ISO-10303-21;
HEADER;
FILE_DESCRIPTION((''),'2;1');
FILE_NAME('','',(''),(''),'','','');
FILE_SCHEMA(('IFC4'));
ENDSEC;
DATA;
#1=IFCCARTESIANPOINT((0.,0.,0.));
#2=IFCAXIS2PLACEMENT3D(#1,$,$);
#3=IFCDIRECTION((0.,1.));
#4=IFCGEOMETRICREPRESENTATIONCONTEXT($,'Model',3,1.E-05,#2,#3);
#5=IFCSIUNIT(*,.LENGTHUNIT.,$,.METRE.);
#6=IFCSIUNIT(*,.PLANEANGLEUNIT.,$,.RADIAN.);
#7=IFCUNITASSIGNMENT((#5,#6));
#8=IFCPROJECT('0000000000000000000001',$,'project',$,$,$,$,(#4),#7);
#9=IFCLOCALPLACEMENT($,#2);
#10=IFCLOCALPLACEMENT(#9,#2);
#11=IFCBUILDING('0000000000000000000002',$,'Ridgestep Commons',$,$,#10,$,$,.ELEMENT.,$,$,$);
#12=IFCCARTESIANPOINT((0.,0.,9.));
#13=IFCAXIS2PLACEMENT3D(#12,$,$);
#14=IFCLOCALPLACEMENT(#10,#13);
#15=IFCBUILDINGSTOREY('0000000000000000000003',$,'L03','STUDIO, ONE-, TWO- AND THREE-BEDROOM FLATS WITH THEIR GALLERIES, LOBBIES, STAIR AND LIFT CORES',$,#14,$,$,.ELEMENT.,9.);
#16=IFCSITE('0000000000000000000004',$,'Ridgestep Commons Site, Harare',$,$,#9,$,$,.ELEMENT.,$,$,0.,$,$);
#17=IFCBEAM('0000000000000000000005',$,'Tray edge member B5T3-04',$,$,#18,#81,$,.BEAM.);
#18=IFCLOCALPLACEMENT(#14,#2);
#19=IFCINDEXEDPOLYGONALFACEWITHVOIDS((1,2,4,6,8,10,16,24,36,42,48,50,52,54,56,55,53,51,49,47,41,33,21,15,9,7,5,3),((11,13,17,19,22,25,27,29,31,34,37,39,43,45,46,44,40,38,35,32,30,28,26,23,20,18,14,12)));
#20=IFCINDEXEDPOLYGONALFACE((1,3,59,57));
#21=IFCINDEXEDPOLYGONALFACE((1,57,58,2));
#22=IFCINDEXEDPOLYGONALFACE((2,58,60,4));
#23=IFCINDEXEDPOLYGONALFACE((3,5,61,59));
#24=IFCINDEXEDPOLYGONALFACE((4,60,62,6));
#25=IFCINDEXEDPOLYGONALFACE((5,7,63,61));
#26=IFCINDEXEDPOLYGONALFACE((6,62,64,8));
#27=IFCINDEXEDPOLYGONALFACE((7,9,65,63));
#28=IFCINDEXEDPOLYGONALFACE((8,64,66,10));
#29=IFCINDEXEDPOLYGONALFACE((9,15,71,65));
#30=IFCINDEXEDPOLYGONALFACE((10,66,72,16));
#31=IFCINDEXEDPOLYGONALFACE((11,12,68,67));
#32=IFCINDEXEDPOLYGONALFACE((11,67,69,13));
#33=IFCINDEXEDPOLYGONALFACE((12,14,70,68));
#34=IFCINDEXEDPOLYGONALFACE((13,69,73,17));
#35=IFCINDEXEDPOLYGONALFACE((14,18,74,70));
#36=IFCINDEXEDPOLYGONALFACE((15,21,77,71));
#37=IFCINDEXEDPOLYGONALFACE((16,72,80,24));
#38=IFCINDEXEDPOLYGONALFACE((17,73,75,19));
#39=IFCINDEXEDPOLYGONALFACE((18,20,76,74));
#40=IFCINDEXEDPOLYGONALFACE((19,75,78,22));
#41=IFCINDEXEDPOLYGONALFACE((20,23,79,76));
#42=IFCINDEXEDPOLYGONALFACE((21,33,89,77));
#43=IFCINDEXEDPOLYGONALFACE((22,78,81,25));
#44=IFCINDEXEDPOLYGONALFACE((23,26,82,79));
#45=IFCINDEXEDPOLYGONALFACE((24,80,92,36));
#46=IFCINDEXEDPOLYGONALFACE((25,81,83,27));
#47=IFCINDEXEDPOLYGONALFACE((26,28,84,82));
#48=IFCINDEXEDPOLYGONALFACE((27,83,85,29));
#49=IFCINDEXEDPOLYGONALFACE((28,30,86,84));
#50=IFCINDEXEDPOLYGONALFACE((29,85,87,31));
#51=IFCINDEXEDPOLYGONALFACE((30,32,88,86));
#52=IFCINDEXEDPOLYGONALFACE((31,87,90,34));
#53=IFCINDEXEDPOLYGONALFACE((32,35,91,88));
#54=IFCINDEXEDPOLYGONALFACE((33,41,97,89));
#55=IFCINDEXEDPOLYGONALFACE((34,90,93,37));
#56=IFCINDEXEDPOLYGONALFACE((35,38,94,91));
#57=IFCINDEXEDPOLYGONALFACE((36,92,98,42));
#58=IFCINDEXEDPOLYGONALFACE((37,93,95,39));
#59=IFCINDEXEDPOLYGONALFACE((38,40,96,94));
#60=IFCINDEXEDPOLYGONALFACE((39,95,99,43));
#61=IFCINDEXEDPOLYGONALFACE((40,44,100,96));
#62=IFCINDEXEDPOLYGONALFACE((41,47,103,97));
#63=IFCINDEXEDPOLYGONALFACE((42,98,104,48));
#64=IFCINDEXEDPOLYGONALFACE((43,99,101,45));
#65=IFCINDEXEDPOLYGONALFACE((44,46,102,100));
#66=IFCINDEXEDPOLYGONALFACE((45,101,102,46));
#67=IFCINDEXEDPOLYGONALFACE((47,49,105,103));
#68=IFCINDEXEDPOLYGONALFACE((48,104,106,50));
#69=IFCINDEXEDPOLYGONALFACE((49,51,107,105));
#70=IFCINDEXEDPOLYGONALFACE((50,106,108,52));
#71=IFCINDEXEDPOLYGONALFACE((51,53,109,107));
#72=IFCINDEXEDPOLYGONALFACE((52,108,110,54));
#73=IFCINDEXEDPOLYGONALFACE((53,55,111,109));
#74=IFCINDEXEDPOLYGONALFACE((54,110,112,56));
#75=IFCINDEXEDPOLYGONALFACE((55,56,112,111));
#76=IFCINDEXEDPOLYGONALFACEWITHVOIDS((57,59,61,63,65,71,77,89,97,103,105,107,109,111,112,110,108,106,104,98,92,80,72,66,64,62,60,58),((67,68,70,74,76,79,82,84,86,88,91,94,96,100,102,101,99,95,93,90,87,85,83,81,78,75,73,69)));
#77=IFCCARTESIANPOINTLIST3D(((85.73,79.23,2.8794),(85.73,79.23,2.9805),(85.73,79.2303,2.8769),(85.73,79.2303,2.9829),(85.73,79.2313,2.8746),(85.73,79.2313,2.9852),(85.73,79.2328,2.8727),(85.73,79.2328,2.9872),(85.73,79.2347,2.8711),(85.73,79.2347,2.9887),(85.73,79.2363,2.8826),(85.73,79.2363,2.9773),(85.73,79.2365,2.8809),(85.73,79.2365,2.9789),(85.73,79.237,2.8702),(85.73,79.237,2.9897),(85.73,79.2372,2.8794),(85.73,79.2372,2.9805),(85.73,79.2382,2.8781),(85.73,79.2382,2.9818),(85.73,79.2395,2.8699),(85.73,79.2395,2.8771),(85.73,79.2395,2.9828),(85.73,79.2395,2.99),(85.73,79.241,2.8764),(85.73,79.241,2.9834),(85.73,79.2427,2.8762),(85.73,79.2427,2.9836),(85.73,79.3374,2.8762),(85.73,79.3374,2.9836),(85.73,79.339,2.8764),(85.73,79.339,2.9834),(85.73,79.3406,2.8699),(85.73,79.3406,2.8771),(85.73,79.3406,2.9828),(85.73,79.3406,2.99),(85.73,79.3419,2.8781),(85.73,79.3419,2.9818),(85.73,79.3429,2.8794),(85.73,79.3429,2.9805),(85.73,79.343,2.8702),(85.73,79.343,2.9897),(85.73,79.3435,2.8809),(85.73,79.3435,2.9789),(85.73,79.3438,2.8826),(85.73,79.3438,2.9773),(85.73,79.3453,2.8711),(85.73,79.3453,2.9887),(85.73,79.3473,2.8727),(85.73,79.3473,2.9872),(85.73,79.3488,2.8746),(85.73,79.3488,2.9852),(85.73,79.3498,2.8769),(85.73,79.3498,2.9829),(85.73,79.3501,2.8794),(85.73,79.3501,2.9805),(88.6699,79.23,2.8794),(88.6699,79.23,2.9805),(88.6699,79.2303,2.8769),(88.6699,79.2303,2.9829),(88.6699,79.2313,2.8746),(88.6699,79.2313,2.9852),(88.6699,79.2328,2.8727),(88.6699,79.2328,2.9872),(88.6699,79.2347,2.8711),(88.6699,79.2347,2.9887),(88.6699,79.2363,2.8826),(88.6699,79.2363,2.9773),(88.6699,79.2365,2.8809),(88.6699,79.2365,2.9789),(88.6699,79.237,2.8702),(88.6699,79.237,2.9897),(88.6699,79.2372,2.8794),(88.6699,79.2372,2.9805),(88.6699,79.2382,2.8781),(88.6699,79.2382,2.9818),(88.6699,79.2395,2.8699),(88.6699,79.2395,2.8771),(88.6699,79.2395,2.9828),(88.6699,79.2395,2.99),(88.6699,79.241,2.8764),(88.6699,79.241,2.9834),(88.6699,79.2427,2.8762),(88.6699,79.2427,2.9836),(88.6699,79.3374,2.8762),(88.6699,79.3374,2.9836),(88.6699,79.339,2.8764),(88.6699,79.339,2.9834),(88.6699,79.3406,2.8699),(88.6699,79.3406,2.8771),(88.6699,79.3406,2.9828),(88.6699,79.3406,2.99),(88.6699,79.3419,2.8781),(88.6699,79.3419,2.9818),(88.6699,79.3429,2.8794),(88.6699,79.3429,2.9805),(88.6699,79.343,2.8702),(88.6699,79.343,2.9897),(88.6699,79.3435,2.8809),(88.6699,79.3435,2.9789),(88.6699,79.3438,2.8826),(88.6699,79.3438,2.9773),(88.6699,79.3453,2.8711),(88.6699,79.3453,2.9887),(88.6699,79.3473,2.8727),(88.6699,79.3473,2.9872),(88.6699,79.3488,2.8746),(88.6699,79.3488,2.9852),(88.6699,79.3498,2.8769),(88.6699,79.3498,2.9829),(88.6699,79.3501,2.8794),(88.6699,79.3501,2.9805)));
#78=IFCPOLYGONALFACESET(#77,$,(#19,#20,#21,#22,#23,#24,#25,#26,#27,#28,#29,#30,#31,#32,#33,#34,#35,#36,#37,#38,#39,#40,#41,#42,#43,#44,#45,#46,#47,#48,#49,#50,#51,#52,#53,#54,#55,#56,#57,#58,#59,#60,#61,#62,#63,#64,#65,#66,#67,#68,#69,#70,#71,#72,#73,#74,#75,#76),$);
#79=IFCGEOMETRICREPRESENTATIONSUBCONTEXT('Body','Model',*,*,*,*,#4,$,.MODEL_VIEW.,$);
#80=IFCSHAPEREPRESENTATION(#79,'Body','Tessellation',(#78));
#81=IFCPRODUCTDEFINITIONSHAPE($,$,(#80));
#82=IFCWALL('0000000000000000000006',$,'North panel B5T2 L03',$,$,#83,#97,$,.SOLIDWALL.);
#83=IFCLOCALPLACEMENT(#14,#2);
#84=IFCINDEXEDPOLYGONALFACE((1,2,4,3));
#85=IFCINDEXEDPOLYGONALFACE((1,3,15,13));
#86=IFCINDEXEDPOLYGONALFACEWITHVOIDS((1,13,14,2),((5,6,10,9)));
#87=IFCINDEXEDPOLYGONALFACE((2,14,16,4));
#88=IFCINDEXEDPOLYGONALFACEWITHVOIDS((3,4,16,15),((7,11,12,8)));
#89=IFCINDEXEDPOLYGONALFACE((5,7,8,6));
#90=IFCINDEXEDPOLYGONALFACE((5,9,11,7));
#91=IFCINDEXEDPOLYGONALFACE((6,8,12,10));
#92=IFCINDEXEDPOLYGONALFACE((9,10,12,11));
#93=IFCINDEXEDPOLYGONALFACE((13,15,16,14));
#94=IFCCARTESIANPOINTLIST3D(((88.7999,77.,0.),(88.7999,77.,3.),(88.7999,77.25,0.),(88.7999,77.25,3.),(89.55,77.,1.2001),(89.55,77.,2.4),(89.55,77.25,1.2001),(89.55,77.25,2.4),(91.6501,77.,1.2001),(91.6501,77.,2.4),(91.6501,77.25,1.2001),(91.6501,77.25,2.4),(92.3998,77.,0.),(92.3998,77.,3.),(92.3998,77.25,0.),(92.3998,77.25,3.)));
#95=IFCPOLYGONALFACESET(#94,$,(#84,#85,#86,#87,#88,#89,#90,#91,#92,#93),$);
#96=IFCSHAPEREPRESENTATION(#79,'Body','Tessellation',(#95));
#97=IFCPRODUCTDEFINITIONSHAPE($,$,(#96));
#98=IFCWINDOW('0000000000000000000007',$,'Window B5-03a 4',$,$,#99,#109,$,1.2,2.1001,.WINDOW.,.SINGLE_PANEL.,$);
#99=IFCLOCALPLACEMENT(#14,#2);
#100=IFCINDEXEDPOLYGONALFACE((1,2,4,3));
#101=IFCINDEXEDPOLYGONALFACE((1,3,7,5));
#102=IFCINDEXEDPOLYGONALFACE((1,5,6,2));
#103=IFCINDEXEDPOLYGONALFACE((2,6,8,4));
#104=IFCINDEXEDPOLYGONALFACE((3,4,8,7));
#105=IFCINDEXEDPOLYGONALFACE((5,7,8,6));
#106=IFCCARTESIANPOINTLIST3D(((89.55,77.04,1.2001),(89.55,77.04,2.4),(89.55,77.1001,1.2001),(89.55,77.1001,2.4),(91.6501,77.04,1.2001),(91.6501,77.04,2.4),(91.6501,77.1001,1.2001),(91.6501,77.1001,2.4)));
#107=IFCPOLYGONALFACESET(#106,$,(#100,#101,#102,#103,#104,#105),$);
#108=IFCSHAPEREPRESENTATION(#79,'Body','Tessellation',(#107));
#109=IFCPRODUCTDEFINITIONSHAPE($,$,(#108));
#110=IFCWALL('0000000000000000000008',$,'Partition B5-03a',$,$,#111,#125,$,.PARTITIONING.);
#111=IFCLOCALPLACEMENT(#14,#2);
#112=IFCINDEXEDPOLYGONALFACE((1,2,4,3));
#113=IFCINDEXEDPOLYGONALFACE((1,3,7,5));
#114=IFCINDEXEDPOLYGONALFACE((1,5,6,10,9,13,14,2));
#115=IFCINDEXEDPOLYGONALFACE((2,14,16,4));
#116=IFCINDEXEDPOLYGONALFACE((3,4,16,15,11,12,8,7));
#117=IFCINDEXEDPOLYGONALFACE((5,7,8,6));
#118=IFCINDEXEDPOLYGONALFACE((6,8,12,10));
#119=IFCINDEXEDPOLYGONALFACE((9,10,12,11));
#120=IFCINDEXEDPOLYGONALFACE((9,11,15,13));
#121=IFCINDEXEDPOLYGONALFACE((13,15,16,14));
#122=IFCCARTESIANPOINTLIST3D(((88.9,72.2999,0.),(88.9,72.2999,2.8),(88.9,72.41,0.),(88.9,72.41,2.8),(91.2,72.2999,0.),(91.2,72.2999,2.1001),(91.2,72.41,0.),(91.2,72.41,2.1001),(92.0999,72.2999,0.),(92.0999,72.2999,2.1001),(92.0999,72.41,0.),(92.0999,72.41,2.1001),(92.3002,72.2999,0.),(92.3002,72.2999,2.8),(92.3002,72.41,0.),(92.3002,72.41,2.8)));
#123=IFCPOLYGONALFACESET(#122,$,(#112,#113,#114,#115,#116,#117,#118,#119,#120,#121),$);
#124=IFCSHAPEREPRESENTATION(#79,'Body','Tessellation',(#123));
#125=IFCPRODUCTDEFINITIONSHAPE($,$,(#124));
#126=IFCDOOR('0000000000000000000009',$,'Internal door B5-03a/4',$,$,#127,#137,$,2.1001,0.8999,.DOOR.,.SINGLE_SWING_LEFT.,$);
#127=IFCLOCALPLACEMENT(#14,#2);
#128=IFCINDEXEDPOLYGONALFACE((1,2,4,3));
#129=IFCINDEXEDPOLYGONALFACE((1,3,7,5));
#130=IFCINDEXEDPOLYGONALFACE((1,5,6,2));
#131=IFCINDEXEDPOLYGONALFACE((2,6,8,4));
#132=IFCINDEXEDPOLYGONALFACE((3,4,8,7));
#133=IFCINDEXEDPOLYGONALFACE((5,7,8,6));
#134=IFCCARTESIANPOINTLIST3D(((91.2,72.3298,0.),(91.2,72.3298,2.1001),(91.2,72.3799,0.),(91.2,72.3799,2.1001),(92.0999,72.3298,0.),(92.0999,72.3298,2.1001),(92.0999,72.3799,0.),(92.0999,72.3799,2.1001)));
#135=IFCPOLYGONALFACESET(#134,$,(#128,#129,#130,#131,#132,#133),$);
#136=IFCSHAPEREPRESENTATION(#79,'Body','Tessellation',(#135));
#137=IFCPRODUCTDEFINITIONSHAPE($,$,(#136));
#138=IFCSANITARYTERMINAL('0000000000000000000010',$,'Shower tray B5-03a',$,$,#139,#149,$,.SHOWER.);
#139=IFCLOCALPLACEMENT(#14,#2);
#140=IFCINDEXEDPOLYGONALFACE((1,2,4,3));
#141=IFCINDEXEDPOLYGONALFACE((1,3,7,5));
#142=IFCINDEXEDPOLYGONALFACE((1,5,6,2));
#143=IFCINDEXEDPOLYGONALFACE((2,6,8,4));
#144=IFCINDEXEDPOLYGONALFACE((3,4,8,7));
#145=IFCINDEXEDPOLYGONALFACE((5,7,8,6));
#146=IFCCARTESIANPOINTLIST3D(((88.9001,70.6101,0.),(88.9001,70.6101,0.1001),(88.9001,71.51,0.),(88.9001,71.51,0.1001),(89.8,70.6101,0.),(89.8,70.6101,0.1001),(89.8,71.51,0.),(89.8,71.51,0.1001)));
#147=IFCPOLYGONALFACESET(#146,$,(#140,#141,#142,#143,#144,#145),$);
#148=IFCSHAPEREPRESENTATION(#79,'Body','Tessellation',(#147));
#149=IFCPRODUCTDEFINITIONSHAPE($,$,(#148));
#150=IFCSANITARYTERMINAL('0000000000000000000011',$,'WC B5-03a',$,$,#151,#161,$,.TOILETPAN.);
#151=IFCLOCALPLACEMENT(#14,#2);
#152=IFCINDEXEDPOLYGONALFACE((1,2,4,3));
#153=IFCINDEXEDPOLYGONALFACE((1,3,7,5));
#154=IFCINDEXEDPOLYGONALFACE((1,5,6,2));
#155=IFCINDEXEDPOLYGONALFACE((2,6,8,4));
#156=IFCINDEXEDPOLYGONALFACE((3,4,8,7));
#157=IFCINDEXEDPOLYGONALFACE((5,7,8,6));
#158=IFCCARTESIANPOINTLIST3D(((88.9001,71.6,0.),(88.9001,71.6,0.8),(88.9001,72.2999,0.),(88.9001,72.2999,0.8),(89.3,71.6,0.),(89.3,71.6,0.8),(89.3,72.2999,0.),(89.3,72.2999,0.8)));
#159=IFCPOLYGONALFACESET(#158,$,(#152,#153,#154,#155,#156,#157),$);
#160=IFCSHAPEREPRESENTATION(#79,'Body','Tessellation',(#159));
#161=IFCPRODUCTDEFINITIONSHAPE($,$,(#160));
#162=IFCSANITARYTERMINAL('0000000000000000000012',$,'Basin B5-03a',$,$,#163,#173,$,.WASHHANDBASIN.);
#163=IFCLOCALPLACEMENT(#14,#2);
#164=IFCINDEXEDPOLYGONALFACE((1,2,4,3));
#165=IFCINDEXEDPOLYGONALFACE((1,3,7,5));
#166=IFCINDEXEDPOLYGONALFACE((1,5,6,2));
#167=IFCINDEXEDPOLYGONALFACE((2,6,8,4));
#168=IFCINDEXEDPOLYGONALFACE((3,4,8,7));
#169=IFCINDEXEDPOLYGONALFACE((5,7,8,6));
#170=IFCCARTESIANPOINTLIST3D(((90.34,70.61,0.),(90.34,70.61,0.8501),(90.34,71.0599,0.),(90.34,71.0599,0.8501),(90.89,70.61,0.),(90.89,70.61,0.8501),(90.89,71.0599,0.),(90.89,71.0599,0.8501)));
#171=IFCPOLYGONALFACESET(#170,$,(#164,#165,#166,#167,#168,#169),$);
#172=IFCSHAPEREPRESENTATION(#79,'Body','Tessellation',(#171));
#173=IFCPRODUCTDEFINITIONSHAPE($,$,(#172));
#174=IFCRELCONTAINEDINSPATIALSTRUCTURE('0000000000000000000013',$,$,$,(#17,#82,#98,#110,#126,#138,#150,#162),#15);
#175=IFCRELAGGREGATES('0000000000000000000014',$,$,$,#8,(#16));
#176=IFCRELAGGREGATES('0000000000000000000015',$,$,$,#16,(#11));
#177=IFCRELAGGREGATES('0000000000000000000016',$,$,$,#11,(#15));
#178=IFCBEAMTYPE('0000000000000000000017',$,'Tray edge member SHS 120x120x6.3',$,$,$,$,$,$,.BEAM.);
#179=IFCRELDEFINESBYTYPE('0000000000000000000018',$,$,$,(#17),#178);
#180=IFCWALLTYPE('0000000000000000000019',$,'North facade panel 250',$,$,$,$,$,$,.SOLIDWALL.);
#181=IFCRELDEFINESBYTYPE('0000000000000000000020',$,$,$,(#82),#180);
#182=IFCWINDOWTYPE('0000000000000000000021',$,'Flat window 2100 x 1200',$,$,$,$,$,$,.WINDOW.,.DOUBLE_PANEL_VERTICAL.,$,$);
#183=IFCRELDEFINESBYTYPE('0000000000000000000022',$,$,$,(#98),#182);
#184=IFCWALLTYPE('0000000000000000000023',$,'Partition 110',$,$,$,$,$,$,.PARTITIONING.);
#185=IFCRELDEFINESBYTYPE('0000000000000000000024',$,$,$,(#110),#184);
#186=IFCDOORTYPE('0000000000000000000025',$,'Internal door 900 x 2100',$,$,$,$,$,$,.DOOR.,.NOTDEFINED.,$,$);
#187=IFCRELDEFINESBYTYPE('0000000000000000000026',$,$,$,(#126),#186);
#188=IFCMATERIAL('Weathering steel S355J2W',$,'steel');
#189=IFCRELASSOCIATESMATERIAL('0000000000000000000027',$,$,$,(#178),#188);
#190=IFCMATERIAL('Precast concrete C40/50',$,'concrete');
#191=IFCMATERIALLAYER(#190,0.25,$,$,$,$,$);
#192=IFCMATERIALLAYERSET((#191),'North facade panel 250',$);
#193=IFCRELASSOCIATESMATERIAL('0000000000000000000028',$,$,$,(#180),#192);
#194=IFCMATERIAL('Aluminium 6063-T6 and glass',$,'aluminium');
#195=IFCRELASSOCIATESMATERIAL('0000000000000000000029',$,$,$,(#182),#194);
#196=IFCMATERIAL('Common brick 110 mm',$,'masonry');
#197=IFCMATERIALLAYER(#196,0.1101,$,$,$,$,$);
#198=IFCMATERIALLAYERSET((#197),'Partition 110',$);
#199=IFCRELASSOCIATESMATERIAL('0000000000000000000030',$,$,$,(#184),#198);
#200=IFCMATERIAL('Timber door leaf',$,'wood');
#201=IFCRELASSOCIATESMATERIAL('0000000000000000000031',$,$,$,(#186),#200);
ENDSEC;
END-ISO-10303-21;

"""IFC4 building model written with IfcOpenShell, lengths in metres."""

from ifc_helpers import new_model, si_unit, direction, frame, frame_2d, origin, origin_2d, place, context, subcontext, project, spatial, rectangle, hollow_rectangle, extrude, material, layer, layer_set, material_profile, profile_set, type_object, element, fill, save


model = new_model("IFC4")

# Units and contexts
model_context = context("Model", 3, precision=1e-05, world=origin(), true_north=direction((0.0, 1.0)))
body_context = subcontext(model_context, "Body", "Model", "MODEL_VIEW")
ifc_project = project(units=[si_unit("LENGTHUNIT", "METRE"), si_unit("PLANEANGLEUNIT", "RADIAN")], contexts=[model_context])

# Site, building, storey
site_placement = place(None, origin())
site = spatial("IfcSite", under=ifc_project, at=site_placement, Name="Ridgestep Commons Site, Harare", CompositionType="ELEMENT", RefElevation=0.0)
building_placement = place(site_placement, origin())
building = spatial("IfcBuilding", under=site, at=building_placement, Name="Ridgestep Commons", CompositionType="ELEMENT")
storey_placement = place(building_placement, frame((0.0, 0.0, 9.0)))
storey = spatial("IfcBuildingStorey", under=building, at=storey_placement, Name="L03", Description="STUDIO, ONE-, TWO- AND THREE-BEDROOM FLATS WITH THEIR GALLERIES, LOBBIES, STAIR AND LIFT CORES", CompositionType="ELEMENT", Elevation=9.0)

# Beam
ifc_material_1 = material(Name="Weathering steel S355J2W", Category="steel")
ifc_material_profile_1 = material_profile(ifc_material_1, hollow_rectangle(XDim=0.1201, YDim=0.1201, WallThickness=0.0063, InnerFilletRadius=0.0063, OuterFilletRadius=0.0095, at=origin_2d()), Name="SHS 120x120x6.3")
ifc_profile_set_1 = profile_set([ifc_material_profile_1], Name="Weathering steel S355J2W")
beam_type_1 = type_object("IfcBeamType", Name="Tray edge member SHS 120x120x6.3", PredefinedType="BEAM", material=ifc_profile_set_1)
beam_placement = place(storey_placement, frame((85.73, 79.29, 2.9299), z_axis=(1.0, 0.0, 0.0), x_axis=(0.0, 0.0, 1.0)))
element("IfcBeam", 1, at=beam_placement, inside=storey, type_object=beam_type_1, Name="Tray edge member B5T3-04", PredefinedType="BEAM", context=body_context, shape_type="SweptSolid", body=[
    extrude(hollow_rectangle(XDim=0.1201, YDim=0.1201, WallThickness=0.0063, InnerFilletRadius=0.0063, OuterFilletRadius=0.0095, at=origin_2d()), origin(), (0.0, 0.0, 1.0), 2.9399),
])

# Wall, opening, window
ifc_material_2 = material(Name="Precast concrete C40/50", Category="concrete")
ifc_layer_1 = layer(ifc_material_2, 0.25)
ifc_layer_set_1 = layer_set([ifc_layer_1], Name="North facade panel 250")
wall_type_1 = type_object("IfcWallType", Name="North facade panel 250", PredefinedType="SOLIDWALL", material=ifc_layer_set_1)
wall_1_placement = place(storey_placement, frame((88.8, 77.125, 0.0), z_axis=(0.0, 0.0, 1.0), x_axis=(1.0, 0.0, 0.0)))
wall_1 = element("IfcWall", 2, at=wall_1_placement, inside=storey, type_object=wall_type_1, Name="North panel B5T2 L03", PredefinedType="SOLIDWALL", context=body_context, shape_type="SweptSolid", body=[
    extrude(rectangle(XDim=3.5999, YDim=0.25, at=frame_2d((1.7998, 0.0))), origin(), (0.0, 0.0, 1.0), 3.0),
])
opening_1_placement = place(wall_1_placement, frame((0.75, 0.0, 1.2)))
opening_1 = element("IfcOpeningElement", 3, at=opening_1_placement, cuts=wall_1, PredefinedType="OPENING", context=body_context, shape_type="SweptSolid", body=[
    extrude(rectangle(XDim=2.1001, YDim=1.2, at=frame_2d((1.05, 0.6001))), frame((0.0, 0.135, 0.0), z_axis=(0.0, -1.0, 0.0), x_axis=(1.0, 0.0, 0.0)), (0.0, 0.0, 1.0), 0.27),
])
ifc_material_3 = material(Name="Aluminium 6063-T6 and glass", Category="aluminium")
window_type = type_object("IfcWindowType", Name="Flat window 2100 x 1200", PartitioningType="DOUBLE_PANEL_VERTICAL", PredefinedType="WINDOW", material=ifc_material_3)
window_placement = place(opening_1_placement, origin())
window = element("IfcWindow", 4, at=window_placement, inside=storey, type_object=window_type, Name="Window B5-03a 4", OverallHeight=1.2, OverallWidth=2.1001, PartitioningType="SINGLE_PANEL", PredefinedType="WINDOW", context=body_context, shape_type="SweptSolid", body=[
    extrude(rectangle(XDim=2.1001, YDim=1.2, at=frame_2d((1.05, 0.6001))), frame((0.0, -0.0249, 0.0), z_axis=(0.0, -1.0, 0.0), x_axis=(1.0, 0.0, 0.0)), (0.0, 0.0, 1.0), 0.0601),
])
fill(opening_1, window)

# Wall, opening, door
ifc_material_4 = material(Name="Common brick 110 mm", Category="masonry")
ifc_layer_2 = layer(ifc_material_4, 0.1101)
ifc_layer_set_2 = layer_set([ifc_layer_2], Name="Partition 110")
wall_type_2 = type_object("IfcWallType", Name="Partition 110", PredefinedType="PARTITIONING", material=ifc_layer_set_2)
wall_2_placement = place(storey_placement, frame((88.8999, 72.355, 0.0), z_axis=(0.0, 0.0, 1.0), x_axis=(1.0, 0.0, 0.0)))
wall_2 = element("IfcWall", 5, at=wall_2_placement, inside=storey, type_object=wall_type_2, Name="Partition B5-03a", PredefinedType="PARTITIONING", context=body_context, shape_type="SweptSolid", body=[
    extrude(rectangle(XDim=3.4001, YDim=0.1101, at=frame_2d((1.7002, 0.0))), origin(), (0.0, 0.0, 1.0), 2.8),
])
opening_2_placement = place(wall_2_placement, frame((2.3, 0.0, 0.0)))
opening_2 = element("IfcOpeningElement", 6, at=opening_2_placement, cuts=wall_2, PredefinedType="OPENING", context=body_context, shape_type="SweptSolid", body=[
    extrude(rectangle(XDim=0.8999, YDim=2.1001, at=frame_2d((0.45, 1.05))), frame((0.0, 0.0649, 0.0), z_axis=(0.0, -1.0, 0.0), x_axis=(1.0, 0.0, 0.0)), (0.0, 0.0, 1.0), 0.1301),
])
ifc_material_5 = material(Name="Timber door leaf", Category="wood")
door_type = type_object("IfcDoorType", Name="Internal door 900 x 2100", OperationType="NOTDEFINED", PredefinedType="DOOR", material=ifc_material_5)
door_placement = place(opening_2_placement, origin())
door = element("IfcDoor", 7, at=door_placement, inside=storey, type_object=door_type, Name="Internal door B5-03a/4", OperationType="SINGLE_SWING_LEFT", OverallHeight=2.1001, OverallWidth=0.8999, PredefinedType="DOOR", context=body_context, shape_type="SweptSolid", body=[
    extrude(rectangle(XDim=0.8999, YDim=2.1001, at=frame_2d((0.45, 1.05))), frame((0.0, 0.0249, 0.0), z_axis=(0.0, -1.0, 0.0), x_axis=(1.0, 0.0, 0.0)), (0.0, 0.0, 1.0), 0.05),
])
fill(opening_2, door)

# Sanitary terminals
sanitary_terminal_1_placement = place(storey_placement, frame((89.3501, 71.0601, 0.0), z_axis=(0.0, 0.0, 1.0), x_axis=(1.0, 0.0, 0.0)))
element("IfcSanitaryTerminal", 8, at=sanitary_terminal_1_placement, inside=storey, Name="Shower tray B5-03a", PredefinedType="SHOWER", context=body_context, shape_type="SweptSolid", body=[
    extrude(rectangle(XDim=0.8999, YDim=0.8999, at=origin_2d()), origin(), (0.0, 0.0, 1.0), 0.1001),
])
sanitary_terminal_2_placement = place(storey_placement, frame((89.1001, 71.95, 0.0), z_axis=(0.0, 0.0, 1.0), x_axis=(1.0, 0.0, 0.0)))
element("IfcSanitaryTerminal", 9, at=sanitary_terminal_2_placement, inside=storey, Name="WC B5-03a", PredefinedType="TOILETPAN", context=body_context, shape_type="SweptSolid", body=[
    extrude(rectangle(XDim=0.3999, YDim=0.7, at=origin_2d()), origin(), (0.0, 0.0, 1.0), 0.8),
])
sanitary_terminal_3_placement = place(storey_placement, frame((90.615, 70.835, 0.0), z_axis=(0.0, 0.0, 1.0), x_axis=(1.0, 0.0, 0.0)))
element("IfcSanitaryTerminal", 10, at=sanitary_terminal_3_placement, inside=storey, Name="Basin B5-03a", PredefinedType="WASHHANDBASIN", context=body_context, shape_type="SweptSolid", body=[
    extrude(rectangle(XDim=0.55, YDim=0.45, at=origin_2d()), origin(), (0.0, 0.0, 1.0), 0.8501),
])

save(model, "model.ifc")
